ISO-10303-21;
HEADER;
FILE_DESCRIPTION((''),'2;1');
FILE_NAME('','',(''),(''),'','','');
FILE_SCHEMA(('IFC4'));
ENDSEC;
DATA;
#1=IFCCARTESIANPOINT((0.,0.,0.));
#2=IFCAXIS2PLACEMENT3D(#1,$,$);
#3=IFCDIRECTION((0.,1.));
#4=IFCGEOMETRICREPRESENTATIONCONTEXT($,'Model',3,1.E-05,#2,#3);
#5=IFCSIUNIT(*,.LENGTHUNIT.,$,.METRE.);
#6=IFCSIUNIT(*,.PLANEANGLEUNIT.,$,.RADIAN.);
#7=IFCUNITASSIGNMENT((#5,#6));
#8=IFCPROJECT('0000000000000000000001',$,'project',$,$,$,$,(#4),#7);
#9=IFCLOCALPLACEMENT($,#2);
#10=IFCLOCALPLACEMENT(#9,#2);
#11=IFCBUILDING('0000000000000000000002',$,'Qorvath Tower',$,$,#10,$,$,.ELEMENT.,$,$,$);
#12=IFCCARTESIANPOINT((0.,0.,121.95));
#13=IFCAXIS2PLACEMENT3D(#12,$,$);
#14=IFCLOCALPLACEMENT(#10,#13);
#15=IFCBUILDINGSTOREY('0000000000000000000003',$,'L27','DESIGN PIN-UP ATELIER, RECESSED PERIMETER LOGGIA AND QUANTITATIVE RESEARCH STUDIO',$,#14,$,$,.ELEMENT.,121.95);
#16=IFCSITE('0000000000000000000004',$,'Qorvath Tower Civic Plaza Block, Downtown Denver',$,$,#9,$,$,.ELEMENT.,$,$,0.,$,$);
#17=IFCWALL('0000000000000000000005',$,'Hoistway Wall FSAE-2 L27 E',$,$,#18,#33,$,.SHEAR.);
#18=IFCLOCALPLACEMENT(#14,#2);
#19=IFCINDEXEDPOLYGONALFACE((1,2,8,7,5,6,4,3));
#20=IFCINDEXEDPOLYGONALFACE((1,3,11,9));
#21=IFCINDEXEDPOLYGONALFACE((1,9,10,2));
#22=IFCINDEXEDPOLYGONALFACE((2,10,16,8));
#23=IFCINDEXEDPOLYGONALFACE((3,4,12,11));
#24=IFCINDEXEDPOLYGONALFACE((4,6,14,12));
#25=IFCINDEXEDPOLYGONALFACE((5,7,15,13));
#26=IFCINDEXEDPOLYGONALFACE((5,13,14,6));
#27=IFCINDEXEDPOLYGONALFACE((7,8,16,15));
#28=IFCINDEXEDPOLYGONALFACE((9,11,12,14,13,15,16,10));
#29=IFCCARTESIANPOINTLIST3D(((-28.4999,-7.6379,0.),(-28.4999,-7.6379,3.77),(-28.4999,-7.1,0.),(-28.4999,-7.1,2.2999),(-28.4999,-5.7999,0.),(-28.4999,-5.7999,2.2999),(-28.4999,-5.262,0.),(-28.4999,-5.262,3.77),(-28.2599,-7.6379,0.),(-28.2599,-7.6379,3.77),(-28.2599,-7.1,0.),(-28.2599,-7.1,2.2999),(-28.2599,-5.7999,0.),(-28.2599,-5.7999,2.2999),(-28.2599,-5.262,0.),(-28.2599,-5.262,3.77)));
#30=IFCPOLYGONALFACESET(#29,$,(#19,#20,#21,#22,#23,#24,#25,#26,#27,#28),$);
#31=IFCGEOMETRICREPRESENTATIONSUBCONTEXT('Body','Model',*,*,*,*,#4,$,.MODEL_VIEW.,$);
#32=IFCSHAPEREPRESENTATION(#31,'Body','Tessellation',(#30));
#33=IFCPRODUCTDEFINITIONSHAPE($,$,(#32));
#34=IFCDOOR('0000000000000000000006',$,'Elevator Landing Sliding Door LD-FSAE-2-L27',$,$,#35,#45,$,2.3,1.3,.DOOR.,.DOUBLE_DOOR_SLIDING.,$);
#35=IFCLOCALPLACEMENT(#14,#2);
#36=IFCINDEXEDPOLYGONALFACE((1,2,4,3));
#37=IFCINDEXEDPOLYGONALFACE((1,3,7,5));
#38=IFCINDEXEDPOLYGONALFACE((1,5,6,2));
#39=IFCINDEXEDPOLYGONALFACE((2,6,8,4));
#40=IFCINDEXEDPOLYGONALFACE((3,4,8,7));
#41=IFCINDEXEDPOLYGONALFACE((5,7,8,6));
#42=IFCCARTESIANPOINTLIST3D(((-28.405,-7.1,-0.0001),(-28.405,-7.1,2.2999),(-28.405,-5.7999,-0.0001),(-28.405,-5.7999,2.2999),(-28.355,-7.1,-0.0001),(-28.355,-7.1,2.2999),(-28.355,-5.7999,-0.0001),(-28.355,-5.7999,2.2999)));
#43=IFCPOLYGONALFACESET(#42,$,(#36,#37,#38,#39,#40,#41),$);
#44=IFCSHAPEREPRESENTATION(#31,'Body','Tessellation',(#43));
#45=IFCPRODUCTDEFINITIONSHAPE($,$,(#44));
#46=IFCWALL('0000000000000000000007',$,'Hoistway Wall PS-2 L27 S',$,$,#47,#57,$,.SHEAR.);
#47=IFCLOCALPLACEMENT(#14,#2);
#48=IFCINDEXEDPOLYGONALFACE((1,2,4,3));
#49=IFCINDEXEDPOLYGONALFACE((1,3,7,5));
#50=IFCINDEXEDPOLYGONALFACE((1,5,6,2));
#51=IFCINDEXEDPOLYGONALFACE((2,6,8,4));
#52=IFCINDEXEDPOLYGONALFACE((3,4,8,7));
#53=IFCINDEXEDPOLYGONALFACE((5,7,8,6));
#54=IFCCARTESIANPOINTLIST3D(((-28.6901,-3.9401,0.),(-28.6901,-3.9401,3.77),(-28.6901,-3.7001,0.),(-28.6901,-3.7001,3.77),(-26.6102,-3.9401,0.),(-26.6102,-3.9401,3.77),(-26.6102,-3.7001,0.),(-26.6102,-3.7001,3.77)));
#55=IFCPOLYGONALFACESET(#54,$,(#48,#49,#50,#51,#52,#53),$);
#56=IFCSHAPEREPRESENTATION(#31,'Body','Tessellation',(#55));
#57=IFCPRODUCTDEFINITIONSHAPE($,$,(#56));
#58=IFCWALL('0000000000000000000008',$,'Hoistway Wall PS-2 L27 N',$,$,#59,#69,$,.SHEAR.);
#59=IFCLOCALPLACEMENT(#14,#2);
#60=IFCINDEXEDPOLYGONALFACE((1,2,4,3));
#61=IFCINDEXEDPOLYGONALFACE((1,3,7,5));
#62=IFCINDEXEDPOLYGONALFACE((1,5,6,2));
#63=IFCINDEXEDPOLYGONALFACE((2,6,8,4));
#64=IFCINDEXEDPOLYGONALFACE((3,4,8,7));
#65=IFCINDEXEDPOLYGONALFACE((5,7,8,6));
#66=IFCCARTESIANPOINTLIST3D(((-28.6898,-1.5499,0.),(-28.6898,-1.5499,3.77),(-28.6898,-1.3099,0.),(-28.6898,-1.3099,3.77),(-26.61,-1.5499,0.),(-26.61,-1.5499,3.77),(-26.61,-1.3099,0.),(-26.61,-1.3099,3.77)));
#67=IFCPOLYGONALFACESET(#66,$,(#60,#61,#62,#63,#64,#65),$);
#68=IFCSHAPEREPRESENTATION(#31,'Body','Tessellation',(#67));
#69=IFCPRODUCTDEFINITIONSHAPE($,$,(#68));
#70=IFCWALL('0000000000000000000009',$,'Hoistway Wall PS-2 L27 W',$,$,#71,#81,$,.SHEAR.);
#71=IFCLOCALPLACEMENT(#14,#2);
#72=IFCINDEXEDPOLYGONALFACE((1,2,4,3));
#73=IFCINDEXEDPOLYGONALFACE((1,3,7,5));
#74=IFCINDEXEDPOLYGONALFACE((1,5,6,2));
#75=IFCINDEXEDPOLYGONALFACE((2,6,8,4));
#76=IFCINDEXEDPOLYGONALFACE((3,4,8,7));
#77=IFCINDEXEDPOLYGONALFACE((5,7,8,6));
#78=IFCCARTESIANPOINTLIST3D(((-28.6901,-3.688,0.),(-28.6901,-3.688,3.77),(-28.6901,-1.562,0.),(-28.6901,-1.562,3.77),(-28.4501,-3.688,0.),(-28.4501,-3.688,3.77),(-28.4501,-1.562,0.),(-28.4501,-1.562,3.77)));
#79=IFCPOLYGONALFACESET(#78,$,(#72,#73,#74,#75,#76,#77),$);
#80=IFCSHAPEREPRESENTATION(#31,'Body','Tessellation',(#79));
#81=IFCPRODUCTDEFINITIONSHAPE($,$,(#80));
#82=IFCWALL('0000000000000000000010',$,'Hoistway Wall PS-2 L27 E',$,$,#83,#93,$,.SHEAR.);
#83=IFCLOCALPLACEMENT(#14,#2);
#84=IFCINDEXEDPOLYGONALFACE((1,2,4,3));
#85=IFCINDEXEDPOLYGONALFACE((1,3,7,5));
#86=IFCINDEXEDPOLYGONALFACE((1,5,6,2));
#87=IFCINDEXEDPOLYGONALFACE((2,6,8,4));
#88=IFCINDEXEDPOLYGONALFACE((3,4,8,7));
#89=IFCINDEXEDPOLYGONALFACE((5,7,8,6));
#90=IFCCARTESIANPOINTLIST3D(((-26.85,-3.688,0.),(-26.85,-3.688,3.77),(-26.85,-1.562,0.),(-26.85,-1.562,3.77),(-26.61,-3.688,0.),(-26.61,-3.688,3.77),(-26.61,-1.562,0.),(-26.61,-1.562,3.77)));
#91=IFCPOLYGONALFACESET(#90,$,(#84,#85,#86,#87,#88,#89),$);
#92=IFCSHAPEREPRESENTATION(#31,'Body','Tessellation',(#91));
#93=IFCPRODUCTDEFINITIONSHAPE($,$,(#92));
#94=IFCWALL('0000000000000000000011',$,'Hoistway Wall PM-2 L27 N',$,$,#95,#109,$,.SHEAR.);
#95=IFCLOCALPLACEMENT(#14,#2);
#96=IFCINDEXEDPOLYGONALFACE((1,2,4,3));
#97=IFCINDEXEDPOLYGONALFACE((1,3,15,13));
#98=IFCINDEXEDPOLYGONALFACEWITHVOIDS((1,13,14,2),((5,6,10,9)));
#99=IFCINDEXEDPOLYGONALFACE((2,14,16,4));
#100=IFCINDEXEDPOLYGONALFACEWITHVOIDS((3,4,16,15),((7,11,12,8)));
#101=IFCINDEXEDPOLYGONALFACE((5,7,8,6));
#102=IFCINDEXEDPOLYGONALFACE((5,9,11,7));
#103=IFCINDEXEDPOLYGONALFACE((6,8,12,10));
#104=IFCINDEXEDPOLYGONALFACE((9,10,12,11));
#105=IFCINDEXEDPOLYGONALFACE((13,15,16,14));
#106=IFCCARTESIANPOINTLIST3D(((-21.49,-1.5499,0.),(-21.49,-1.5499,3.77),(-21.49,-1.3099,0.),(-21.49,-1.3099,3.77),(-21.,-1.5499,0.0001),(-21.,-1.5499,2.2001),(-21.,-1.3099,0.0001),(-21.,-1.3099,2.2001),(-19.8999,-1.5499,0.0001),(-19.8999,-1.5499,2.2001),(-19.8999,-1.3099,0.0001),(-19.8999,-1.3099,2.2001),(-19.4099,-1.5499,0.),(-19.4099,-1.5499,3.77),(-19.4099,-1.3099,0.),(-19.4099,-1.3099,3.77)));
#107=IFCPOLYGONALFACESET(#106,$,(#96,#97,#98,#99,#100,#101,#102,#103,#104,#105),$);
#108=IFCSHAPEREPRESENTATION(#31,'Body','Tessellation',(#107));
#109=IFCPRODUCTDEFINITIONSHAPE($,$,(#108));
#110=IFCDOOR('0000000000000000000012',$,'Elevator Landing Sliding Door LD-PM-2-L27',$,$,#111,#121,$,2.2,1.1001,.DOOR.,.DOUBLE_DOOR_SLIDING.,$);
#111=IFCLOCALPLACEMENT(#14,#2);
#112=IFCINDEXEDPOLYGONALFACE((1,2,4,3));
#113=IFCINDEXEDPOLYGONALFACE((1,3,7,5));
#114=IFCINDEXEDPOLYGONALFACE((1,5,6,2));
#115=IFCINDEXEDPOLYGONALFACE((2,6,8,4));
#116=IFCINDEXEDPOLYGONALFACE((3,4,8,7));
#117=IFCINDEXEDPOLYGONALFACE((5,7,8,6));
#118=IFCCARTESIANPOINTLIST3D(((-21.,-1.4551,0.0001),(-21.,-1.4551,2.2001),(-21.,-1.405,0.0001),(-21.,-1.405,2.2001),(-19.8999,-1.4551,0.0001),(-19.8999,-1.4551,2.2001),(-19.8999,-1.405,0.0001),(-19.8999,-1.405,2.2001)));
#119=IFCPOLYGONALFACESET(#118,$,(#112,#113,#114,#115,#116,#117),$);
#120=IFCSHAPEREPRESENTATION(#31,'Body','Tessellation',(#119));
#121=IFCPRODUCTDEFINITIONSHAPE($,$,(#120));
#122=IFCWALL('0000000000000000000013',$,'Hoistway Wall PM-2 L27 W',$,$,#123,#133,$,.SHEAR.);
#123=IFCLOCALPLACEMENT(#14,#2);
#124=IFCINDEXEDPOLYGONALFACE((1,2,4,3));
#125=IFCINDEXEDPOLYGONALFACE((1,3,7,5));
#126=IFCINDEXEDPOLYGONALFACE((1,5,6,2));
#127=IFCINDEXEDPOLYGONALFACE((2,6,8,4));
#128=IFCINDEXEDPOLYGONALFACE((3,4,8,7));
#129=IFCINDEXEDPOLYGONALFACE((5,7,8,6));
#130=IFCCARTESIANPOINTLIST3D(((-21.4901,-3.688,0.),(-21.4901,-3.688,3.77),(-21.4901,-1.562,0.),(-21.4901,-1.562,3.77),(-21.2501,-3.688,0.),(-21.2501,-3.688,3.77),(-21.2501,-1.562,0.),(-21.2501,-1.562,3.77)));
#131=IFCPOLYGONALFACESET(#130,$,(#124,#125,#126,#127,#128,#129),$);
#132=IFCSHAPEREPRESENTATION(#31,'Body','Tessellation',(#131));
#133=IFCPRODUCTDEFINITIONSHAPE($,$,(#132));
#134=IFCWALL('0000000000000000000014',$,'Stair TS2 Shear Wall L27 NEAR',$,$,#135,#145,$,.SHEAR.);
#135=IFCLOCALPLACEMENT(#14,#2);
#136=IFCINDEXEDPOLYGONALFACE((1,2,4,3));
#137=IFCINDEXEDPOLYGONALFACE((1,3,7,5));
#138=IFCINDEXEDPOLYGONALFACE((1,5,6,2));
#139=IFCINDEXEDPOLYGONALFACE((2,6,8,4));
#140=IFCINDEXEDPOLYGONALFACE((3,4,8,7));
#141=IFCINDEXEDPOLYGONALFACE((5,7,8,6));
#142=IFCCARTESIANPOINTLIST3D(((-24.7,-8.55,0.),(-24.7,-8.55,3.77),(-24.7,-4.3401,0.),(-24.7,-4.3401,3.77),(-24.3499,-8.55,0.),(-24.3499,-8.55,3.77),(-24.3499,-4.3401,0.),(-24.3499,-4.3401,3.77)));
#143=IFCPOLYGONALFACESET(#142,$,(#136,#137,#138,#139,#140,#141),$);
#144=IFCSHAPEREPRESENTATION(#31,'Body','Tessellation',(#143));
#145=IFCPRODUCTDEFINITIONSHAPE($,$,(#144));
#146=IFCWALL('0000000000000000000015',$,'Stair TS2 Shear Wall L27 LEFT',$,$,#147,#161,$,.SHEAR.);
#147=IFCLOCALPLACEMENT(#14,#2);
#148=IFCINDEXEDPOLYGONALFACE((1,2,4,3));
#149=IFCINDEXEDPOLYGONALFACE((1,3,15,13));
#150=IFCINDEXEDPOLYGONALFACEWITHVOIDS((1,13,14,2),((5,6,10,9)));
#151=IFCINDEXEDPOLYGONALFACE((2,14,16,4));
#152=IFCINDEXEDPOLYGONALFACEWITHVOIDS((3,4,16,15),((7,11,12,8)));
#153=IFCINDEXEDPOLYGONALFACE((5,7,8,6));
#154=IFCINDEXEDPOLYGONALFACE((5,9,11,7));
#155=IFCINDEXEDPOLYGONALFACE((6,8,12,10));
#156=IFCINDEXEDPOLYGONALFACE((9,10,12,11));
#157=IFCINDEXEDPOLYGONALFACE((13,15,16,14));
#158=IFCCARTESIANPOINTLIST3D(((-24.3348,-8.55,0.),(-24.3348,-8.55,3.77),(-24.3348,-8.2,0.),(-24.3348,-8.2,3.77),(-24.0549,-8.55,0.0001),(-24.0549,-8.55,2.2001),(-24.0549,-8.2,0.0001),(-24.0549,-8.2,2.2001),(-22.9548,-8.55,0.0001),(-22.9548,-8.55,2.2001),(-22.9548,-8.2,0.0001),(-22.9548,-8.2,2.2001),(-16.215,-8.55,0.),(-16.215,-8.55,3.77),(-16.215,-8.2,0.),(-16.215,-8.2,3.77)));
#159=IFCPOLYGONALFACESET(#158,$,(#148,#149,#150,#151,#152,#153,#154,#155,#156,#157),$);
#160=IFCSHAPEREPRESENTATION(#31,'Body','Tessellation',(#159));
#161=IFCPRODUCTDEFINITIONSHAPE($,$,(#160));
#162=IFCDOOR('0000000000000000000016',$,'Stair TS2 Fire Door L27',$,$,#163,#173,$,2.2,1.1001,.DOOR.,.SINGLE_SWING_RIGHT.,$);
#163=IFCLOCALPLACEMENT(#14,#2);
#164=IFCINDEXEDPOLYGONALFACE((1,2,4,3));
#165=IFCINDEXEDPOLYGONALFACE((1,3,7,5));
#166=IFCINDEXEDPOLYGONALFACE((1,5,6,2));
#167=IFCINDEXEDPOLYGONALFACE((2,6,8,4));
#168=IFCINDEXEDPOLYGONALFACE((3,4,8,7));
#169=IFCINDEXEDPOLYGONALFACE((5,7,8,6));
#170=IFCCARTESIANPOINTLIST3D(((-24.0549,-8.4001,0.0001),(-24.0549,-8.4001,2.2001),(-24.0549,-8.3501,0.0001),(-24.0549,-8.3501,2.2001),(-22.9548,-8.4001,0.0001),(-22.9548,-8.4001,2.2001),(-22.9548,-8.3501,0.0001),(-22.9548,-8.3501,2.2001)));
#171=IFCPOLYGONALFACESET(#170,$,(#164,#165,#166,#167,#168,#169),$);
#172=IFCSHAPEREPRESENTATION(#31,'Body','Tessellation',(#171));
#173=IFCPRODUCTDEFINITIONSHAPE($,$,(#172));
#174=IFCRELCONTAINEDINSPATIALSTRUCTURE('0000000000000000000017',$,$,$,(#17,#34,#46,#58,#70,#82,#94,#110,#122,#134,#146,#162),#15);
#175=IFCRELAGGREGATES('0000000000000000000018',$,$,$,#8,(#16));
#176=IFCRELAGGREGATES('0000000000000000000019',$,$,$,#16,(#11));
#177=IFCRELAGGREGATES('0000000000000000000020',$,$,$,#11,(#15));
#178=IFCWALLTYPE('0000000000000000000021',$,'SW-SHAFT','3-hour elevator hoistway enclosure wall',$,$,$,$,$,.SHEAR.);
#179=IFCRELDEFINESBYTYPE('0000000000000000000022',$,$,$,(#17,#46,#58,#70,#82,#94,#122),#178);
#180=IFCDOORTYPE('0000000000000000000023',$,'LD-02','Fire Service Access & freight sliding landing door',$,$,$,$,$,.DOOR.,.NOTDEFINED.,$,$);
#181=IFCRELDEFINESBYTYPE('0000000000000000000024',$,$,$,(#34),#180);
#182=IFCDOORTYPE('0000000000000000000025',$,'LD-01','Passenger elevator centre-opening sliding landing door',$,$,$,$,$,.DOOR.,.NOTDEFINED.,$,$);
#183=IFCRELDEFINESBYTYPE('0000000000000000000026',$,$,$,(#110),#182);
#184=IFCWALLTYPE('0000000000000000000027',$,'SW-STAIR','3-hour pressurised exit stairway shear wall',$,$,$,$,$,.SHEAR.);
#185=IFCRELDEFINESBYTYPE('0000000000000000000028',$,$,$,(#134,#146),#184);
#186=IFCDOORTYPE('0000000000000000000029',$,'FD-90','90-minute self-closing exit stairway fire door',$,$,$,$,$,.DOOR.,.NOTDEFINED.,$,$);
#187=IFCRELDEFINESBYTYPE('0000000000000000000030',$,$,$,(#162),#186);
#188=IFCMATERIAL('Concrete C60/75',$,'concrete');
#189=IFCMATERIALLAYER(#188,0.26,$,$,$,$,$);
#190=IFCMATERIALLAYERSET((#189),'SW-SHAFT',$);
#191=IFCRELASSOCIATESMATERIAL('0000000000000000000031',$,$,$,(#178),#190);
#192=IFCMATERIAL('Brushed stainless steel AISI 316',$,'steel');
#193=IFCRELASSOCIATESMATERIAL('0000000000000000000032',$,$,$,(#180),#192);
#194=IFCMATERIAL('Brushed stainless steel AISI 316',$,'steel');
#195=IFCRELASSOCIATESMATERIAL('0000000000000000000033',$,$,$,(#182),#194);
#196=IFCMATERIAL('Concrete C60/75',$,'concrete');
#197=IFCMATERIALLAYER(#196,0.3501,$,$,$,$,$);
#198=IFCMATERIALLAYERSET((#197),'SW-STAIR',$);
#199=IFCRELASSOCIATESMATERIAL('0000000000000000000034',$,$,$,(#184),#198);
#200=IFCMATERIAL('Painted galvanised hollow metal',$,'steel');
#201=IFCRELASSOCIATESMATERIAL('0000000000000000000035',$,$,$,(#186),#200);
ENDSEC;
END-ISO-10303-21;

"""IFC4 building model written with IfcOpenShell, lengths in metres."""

from ifc_helpers import new_model, si_unit, direction, frame, frame_2d, origin, place, context, subcontext, project, spatial, rectangle, extrude, material, layer, layer_set, type_object, element, fill, save


model = new_model("IFC4")

# Units and contexts
model_context = context("Model", 3, precision=1e-05, world=origin(), true_north=direction((0.0, 1.0)))
body_context = subcontext(model_context, "Body", "Model", "MODEL_VIEW")
ifc_project = project(units=[si_unit("LENGTHUNIT", "METRE"), si_unit("PLANEANGLEUNIT", "RADIAN")], contexts=[model_context])

# Site, building, storey
site_placement = place(None, origin())
site = spatial("IfcSite", under=ifc_project, at=site_placement, Name="Qorvath Tower Civic Plaza Block, Downtown Denver", CompositionType="ELEMENT", RefElevation=0.0)
building_placement = place(site_placement, origin())
building = spatial("IfcBuilding", under=site, at=building_placement, Name="Qorvath Tower", CompositionType="ELEMENT")
storey_placement = place(building_placement, frame((0.0, 0.0, 121.95)))
storey = spatial("IfcBuildingStorey", under=building, at=storey_placement, Name="L27", Description="DESIGN PIN-UP ATELIER, RECESSED PERIMETER LOGGIA AND QUANTITATIVE RESEARCH STUDIO", CompositionType="ELEMENT", Elevation=121.95)

# Shared definitions
ifc_material_1 = material(Name="Concrete C60/75", Category="concrete")
ifc_layer_1 = layer(ifc_material_1, 0.26)
ifc_layer_set_1 = layer_set([ifc_layer_1], Name="SW-SHAFT")
wall_type_1 = type_object("IfcWallType", Name="SW-SHAFT", Description="3-hour elevator hoistway enclosure wall", PredefinedType="SHEAR", material=ifc_layer_set_1)

# Wall, opening, door
wall_1_placement = place(storey_placement, frame((-28.3799, -5.262, 0.0), z_axis=(0.0, 0.0, 1.0), x_axis=(0.0, -1.0, 0.0)))
wall_1 = element("IfcWall", 1, at=wall_1_placement, inside=storey, type_object=wall_type_1, Name="Hoistway Wall FSAE-2 L27 E", PredefinedType="SHEAR", context=body_context, shape_type="SweptSolid", body=[
    extrude(rectangle(XDim=2.376, YDim=0.24, at=frame_2d((1.188, 0.0))), origin(), (0.0, 0.0, 1.0), 3.77),
])
opening_1_placement = place(wall_1_placement, frame((0.5381, 0.0, 0.0)))
opening_1 = element("IfcOpeningElement", 2, at=opening_1_placement, cuts=wall_1, PredefinedType="OPENING", context=body_context, shape_type="SweptSolid", body=[
    extrude(rectangle(XDim=1.3, YDim=2.3, at=frame_2d((0.6499, 1.1499))), frame((0.0, 0.1299, 0.0), z_axis=(0.0, -1.0, 0.0), x_axis=(1.0, 0.0, 0.0)), (0.0, 0.0, 1.0), 0.26),
])
ifc_material_2 = material(Name="Brushed stainless steel AISI 316", Category="steel")
door_type_1 = type_object("IfcDoorType", Name="LD-02", Description="Fire Service Access & freight sliding landing door", OperationType="NOTDEFINED", PredefinedType="DOOR", material=ifc_material_2)
door_1_placement = place(opening_1_placement, origin())
door_1 = element("IfcDoor", 3, at=door_1_placement, inside=storey, type_object=door_type_1, Name="Elevator Landing Sliding Door LD-FSAE-2-L27", OperationType="DOUBLE_DOOR_SLIDING", OverallHeight=2.3, OverallWidth=1.3, PredefinedType="DOOR", context=body_context, shape_type="SweptSolid", body=[
    extrude(rectangle(XDim=1.3, YDim=2.3, at=frame_2d((0.6499, 1.1499))), frame((0.0, 0.0249, 0.0), z_axis=(0.0, -1.0, 0.0), x_axis=(1.0, 0.0, 0.0)), (0.0, 0.0, 1.0), 0.05),
])
fill(opening_1, door_1)

# Walls
for number, where, z_axis, x_axis, name in (
    (4, (-26.6101, -3.8201, 0.0), (0.0, 0.0, 1.0), (-1.0, 0.0, 0.0), "Hoistway Wall PS-2 L27 S"),
    (5, (-28.6899, -1.4299, 0.0), (0.0, 0.0, 1.0), (1.0, 0.0, 0.0), "Hoistway Wall PS-2 L27 N"),
):
    element("IfcWall", number, at=place(storey_placement, frame(where, z_axis=z_axis, x_axis=x_axis)), inside=storey, type_object=wall_type_1, Name=name, PredefinedType="SHEAR", context=body_context, shape_type="SweptSolid", body=[
        extrude(rectangle(XDim=2.0798, YDim=0.24, at=frame_2d((1.04, 0.0))), origin(), (0.0, 0.0, 1.0), 3.77),
    ])
for number, where, z_axis, x_axis, name in (
    (6, (-28.5701, -3.688, 0.0), (0.0, 0.0, 1.0), (0.0, 1.0, 0.0), "Hoistway Wall PS-2 L27 W"),
    (7, (-26.73, -1.562, 0.0), (0.0, 0.0, 1.0), (0.0, -1.0, 0.0), "Hoistway Wall PS-2 L27 E"),
):
    element("IfcWall", number, at=place(storey_placement, frame(where, z_axis=z_axis, x_axis=x_axis)), inside=storey, type_object=wall_type_1, Name=name, PredefinedType="SHEAR", context=body_context, shape_type="SweptSolid", body=[
        extrude(rectangle(XDim=2.126, YDim=0.24, at=frame_2d((1.063, 0.0))), origin(), (0.0, 0.0, 1.0), 3.77),
    ])

# Wall, opening, door
wall_2_placement = place(storey_placement, frame((-21.49, -1.4299, 0.0), z_axis=(0.0, 0.0, 1.0), x_axis=(1.0, 0.0, 0.0)))
wall_2 = element("IfcWall", 8, at=wall_2_placement, inside=storey, type_object=wall_type_1, Name="Hoistway Wall PM-2 L27 N", PredefinedType="SHEAR", context=body_context, shape_type="SweptSolid", body=[
    extrude(rectangle(XDim=2.0801, YDim=0.24, at=frame_2d((1.04, 0.0))), origin(), (0.0, 0.0, 1.0), 3.77),
])
opening_2_placement = place(wall_2_placement, frame((0.49, 0.0, 0.0)))
opening_2 = element("IfcOpeningElement", 9, at=opening_2_placement, cuts=wall_2, PredefinedType="OPENING", context=body_context, shape_type="SweptSolid", body=[
    extrude(rectangle(XDim=1.1001, YDim=2.2, at=frame_2d((0.55, 1.1001))), frame((0.0, 0.1299, 0.0), z_axis=(0.0, -1.0, 0.0), x_axis=(1.0, 0.0, 0.0)), (0.0, 0.0, 1.0), 0.26),
])
ifc_material_3 = material(Name="Brushed stainless steel AISI 316", Category="steel")
door_type_2 = type_object("IfcDoorType", Name="LD-01", Description="Passenger elevator centre-opening sliding landing door", OperationType="NOTDEFINED", PredefinedType="DOOR", material=ifc_material_3)
door_2_placement = place(opening_2_placement, origin())
door_2 = element("IfcDoor", 10, at=door_2_placement, inside=storey, type_object=door_type_2, Name="Elevator Landing Sliding Door LD-PM-2-L27", OperationType="DOUBLE_DOOR_SLIDING", OverallHeight=2.2, OverallWidth=1.1001, PredefinedType="DOOR", context=body_context, shape_type="SweptSolid", body=[
    extrude(rectangle(XDim=1.1001, YDim=2.2, at=frame_2d((0.55, 1.1001))), frame((0.0, 0.0249, 0.0), z_axis=(0.0, -1.0, 0.0), x_axis=(1.0, 0.0, 0.0)), (0.0, 0.0, 1.0), 0.05),
])
fill(opening_2, door_2)

# Walls
wall_3_placement = place(storey_placement, frame((-21.3701, -3.688, 0.0), z_axis=(0.0, 0.0, 1.0), x_axis=(0.0, 1.0, 0.0)))
element("IfcWall", 11, at=wall_3_placement, inside=storey, type_object=wall_type_1, Name="Hoistway Wall PM-2 L27 W", PredefinedType="SHEAR", context=body_context, shape_type="SweptSolid", body=[
    extrude(rectangle(XDim=2.126, YDim=0.24, at=frame_2d((1.063, 0.0))), origin(), (0.0, 0.0, 1.0), 3.77),
])
ifc_material_4 = material(Name="Concrete C60/75", Category="concrete")
ifc_layer_2 = layer(ifc_material_4, 0.3501)
ifc_layer_set_2 = layer_set([ifc_layer_2], Name="SW-STAIR")
wall_type_2 = type_object("IfcWallType", Name="SW-STAIR", Description="3-hour pressurised exit stairway shear wall", PredefinedType="SHEAR", material=ifc_layer_set_2)
wall_4_placement = place(storey_placement, frame((-24.5249, -4.3401, 0.0), z_axis=(0.0, 0.0, 1.0), x_axis=(0.0, -1.0, 0.0)))
element("IfcWall", 12, at=wall_4_placement, inside=storey, type_object=wall_type_2, Name="Stair TS2 Shear Wall L27 NEAR", PredefinedType="SHEAR", context=body_context, shape_type="SweptSolid", body=[
    extrude(rectangle(XDim=4.21, YDim=0.3501, at=frame_2d((2.105, 0.0))), origin(), (0.0, 0.0, 1.0), 3.77),
])

# Wall, opening, door
wall_5_placement = place(storey_placement, frame((-24.335, -8.375, 0.0), z_axis=(0.0, 0.0, 1.0), x_axis=(1.0, 0.0, 0.0)))
wall_5 = element("IfcWall", 13, at=wall_5_placement, inside=storey, type_object=wall_type_2, Name="Stair TS2 Shear Wall L27 LEFT", PredefinedType="SHEAR", context=body_context, shape_type="SweptSolid", body=[
    extrude(rectangle(XDim=8.1199, YDim=0.3501, at=frame_2d((4.0601, 0.0))), origin(), (0.0, 0.0, 1.0), 3.77),
])
opening_3_placement = place(wall_5_placement, frame((0.28, 0.0, 0.0)))
opening_3 = element("IfcOpeningElement", 14, at=opening_3_placement, cuts=wall_5, PredefinedType="OPENING", context=body_context, shape_type="SweptSolid", body=[
    extrude(rectangle(XDim=1.1001, YDim=2.2, at=frame_2d((0.55, 1.1001))), frame((0.0, 0.1851, 0.0), z_axis=(0.0, -1.0, 0.0), x_axis=(1.0, 0.0, 0.0)), (0.0, 0.0, 1.0), 0.3701),
])
ifc_material_5 = material(Name="Painted galvanised hollow metal", Category="steel")
door_type_3 = type_object("IfcDoorType", Name="FD-90", Description="90-minute self-closing exit stairway fire door", OperationType="NOTDEFINED", PredefinedType="DOOR", material=ifc_material_5)
door_3_placement = place(opening_3_placement, origin())
door_3 = element("IfcDoor", 15, at=door_3_placement, inside=storey, type_object=door_type_3, Name="Stair TS2 Fire Door L27", OperationType="SINGLE_SWING_RIGHT", OverallHeight=2.2, OverallWidth=1.1001, PredefinedType="DOOR", context=body_context, shape_type="SweptSolid", body=[
    extrude(rectangle(XDim=1.1001, YDim=2.2, at=frame_2d((0.55, 1.1001))), frame((0.0, 0.0249, 0.0), z_axis=(0.0, -1.0, 0.0), x_axis=(1.0, 0.0, 0.0)), (0.0, 0.0, 1.0), 0.05),
])
fill(opening_3, door_3)

save(model, "model.ifc")
